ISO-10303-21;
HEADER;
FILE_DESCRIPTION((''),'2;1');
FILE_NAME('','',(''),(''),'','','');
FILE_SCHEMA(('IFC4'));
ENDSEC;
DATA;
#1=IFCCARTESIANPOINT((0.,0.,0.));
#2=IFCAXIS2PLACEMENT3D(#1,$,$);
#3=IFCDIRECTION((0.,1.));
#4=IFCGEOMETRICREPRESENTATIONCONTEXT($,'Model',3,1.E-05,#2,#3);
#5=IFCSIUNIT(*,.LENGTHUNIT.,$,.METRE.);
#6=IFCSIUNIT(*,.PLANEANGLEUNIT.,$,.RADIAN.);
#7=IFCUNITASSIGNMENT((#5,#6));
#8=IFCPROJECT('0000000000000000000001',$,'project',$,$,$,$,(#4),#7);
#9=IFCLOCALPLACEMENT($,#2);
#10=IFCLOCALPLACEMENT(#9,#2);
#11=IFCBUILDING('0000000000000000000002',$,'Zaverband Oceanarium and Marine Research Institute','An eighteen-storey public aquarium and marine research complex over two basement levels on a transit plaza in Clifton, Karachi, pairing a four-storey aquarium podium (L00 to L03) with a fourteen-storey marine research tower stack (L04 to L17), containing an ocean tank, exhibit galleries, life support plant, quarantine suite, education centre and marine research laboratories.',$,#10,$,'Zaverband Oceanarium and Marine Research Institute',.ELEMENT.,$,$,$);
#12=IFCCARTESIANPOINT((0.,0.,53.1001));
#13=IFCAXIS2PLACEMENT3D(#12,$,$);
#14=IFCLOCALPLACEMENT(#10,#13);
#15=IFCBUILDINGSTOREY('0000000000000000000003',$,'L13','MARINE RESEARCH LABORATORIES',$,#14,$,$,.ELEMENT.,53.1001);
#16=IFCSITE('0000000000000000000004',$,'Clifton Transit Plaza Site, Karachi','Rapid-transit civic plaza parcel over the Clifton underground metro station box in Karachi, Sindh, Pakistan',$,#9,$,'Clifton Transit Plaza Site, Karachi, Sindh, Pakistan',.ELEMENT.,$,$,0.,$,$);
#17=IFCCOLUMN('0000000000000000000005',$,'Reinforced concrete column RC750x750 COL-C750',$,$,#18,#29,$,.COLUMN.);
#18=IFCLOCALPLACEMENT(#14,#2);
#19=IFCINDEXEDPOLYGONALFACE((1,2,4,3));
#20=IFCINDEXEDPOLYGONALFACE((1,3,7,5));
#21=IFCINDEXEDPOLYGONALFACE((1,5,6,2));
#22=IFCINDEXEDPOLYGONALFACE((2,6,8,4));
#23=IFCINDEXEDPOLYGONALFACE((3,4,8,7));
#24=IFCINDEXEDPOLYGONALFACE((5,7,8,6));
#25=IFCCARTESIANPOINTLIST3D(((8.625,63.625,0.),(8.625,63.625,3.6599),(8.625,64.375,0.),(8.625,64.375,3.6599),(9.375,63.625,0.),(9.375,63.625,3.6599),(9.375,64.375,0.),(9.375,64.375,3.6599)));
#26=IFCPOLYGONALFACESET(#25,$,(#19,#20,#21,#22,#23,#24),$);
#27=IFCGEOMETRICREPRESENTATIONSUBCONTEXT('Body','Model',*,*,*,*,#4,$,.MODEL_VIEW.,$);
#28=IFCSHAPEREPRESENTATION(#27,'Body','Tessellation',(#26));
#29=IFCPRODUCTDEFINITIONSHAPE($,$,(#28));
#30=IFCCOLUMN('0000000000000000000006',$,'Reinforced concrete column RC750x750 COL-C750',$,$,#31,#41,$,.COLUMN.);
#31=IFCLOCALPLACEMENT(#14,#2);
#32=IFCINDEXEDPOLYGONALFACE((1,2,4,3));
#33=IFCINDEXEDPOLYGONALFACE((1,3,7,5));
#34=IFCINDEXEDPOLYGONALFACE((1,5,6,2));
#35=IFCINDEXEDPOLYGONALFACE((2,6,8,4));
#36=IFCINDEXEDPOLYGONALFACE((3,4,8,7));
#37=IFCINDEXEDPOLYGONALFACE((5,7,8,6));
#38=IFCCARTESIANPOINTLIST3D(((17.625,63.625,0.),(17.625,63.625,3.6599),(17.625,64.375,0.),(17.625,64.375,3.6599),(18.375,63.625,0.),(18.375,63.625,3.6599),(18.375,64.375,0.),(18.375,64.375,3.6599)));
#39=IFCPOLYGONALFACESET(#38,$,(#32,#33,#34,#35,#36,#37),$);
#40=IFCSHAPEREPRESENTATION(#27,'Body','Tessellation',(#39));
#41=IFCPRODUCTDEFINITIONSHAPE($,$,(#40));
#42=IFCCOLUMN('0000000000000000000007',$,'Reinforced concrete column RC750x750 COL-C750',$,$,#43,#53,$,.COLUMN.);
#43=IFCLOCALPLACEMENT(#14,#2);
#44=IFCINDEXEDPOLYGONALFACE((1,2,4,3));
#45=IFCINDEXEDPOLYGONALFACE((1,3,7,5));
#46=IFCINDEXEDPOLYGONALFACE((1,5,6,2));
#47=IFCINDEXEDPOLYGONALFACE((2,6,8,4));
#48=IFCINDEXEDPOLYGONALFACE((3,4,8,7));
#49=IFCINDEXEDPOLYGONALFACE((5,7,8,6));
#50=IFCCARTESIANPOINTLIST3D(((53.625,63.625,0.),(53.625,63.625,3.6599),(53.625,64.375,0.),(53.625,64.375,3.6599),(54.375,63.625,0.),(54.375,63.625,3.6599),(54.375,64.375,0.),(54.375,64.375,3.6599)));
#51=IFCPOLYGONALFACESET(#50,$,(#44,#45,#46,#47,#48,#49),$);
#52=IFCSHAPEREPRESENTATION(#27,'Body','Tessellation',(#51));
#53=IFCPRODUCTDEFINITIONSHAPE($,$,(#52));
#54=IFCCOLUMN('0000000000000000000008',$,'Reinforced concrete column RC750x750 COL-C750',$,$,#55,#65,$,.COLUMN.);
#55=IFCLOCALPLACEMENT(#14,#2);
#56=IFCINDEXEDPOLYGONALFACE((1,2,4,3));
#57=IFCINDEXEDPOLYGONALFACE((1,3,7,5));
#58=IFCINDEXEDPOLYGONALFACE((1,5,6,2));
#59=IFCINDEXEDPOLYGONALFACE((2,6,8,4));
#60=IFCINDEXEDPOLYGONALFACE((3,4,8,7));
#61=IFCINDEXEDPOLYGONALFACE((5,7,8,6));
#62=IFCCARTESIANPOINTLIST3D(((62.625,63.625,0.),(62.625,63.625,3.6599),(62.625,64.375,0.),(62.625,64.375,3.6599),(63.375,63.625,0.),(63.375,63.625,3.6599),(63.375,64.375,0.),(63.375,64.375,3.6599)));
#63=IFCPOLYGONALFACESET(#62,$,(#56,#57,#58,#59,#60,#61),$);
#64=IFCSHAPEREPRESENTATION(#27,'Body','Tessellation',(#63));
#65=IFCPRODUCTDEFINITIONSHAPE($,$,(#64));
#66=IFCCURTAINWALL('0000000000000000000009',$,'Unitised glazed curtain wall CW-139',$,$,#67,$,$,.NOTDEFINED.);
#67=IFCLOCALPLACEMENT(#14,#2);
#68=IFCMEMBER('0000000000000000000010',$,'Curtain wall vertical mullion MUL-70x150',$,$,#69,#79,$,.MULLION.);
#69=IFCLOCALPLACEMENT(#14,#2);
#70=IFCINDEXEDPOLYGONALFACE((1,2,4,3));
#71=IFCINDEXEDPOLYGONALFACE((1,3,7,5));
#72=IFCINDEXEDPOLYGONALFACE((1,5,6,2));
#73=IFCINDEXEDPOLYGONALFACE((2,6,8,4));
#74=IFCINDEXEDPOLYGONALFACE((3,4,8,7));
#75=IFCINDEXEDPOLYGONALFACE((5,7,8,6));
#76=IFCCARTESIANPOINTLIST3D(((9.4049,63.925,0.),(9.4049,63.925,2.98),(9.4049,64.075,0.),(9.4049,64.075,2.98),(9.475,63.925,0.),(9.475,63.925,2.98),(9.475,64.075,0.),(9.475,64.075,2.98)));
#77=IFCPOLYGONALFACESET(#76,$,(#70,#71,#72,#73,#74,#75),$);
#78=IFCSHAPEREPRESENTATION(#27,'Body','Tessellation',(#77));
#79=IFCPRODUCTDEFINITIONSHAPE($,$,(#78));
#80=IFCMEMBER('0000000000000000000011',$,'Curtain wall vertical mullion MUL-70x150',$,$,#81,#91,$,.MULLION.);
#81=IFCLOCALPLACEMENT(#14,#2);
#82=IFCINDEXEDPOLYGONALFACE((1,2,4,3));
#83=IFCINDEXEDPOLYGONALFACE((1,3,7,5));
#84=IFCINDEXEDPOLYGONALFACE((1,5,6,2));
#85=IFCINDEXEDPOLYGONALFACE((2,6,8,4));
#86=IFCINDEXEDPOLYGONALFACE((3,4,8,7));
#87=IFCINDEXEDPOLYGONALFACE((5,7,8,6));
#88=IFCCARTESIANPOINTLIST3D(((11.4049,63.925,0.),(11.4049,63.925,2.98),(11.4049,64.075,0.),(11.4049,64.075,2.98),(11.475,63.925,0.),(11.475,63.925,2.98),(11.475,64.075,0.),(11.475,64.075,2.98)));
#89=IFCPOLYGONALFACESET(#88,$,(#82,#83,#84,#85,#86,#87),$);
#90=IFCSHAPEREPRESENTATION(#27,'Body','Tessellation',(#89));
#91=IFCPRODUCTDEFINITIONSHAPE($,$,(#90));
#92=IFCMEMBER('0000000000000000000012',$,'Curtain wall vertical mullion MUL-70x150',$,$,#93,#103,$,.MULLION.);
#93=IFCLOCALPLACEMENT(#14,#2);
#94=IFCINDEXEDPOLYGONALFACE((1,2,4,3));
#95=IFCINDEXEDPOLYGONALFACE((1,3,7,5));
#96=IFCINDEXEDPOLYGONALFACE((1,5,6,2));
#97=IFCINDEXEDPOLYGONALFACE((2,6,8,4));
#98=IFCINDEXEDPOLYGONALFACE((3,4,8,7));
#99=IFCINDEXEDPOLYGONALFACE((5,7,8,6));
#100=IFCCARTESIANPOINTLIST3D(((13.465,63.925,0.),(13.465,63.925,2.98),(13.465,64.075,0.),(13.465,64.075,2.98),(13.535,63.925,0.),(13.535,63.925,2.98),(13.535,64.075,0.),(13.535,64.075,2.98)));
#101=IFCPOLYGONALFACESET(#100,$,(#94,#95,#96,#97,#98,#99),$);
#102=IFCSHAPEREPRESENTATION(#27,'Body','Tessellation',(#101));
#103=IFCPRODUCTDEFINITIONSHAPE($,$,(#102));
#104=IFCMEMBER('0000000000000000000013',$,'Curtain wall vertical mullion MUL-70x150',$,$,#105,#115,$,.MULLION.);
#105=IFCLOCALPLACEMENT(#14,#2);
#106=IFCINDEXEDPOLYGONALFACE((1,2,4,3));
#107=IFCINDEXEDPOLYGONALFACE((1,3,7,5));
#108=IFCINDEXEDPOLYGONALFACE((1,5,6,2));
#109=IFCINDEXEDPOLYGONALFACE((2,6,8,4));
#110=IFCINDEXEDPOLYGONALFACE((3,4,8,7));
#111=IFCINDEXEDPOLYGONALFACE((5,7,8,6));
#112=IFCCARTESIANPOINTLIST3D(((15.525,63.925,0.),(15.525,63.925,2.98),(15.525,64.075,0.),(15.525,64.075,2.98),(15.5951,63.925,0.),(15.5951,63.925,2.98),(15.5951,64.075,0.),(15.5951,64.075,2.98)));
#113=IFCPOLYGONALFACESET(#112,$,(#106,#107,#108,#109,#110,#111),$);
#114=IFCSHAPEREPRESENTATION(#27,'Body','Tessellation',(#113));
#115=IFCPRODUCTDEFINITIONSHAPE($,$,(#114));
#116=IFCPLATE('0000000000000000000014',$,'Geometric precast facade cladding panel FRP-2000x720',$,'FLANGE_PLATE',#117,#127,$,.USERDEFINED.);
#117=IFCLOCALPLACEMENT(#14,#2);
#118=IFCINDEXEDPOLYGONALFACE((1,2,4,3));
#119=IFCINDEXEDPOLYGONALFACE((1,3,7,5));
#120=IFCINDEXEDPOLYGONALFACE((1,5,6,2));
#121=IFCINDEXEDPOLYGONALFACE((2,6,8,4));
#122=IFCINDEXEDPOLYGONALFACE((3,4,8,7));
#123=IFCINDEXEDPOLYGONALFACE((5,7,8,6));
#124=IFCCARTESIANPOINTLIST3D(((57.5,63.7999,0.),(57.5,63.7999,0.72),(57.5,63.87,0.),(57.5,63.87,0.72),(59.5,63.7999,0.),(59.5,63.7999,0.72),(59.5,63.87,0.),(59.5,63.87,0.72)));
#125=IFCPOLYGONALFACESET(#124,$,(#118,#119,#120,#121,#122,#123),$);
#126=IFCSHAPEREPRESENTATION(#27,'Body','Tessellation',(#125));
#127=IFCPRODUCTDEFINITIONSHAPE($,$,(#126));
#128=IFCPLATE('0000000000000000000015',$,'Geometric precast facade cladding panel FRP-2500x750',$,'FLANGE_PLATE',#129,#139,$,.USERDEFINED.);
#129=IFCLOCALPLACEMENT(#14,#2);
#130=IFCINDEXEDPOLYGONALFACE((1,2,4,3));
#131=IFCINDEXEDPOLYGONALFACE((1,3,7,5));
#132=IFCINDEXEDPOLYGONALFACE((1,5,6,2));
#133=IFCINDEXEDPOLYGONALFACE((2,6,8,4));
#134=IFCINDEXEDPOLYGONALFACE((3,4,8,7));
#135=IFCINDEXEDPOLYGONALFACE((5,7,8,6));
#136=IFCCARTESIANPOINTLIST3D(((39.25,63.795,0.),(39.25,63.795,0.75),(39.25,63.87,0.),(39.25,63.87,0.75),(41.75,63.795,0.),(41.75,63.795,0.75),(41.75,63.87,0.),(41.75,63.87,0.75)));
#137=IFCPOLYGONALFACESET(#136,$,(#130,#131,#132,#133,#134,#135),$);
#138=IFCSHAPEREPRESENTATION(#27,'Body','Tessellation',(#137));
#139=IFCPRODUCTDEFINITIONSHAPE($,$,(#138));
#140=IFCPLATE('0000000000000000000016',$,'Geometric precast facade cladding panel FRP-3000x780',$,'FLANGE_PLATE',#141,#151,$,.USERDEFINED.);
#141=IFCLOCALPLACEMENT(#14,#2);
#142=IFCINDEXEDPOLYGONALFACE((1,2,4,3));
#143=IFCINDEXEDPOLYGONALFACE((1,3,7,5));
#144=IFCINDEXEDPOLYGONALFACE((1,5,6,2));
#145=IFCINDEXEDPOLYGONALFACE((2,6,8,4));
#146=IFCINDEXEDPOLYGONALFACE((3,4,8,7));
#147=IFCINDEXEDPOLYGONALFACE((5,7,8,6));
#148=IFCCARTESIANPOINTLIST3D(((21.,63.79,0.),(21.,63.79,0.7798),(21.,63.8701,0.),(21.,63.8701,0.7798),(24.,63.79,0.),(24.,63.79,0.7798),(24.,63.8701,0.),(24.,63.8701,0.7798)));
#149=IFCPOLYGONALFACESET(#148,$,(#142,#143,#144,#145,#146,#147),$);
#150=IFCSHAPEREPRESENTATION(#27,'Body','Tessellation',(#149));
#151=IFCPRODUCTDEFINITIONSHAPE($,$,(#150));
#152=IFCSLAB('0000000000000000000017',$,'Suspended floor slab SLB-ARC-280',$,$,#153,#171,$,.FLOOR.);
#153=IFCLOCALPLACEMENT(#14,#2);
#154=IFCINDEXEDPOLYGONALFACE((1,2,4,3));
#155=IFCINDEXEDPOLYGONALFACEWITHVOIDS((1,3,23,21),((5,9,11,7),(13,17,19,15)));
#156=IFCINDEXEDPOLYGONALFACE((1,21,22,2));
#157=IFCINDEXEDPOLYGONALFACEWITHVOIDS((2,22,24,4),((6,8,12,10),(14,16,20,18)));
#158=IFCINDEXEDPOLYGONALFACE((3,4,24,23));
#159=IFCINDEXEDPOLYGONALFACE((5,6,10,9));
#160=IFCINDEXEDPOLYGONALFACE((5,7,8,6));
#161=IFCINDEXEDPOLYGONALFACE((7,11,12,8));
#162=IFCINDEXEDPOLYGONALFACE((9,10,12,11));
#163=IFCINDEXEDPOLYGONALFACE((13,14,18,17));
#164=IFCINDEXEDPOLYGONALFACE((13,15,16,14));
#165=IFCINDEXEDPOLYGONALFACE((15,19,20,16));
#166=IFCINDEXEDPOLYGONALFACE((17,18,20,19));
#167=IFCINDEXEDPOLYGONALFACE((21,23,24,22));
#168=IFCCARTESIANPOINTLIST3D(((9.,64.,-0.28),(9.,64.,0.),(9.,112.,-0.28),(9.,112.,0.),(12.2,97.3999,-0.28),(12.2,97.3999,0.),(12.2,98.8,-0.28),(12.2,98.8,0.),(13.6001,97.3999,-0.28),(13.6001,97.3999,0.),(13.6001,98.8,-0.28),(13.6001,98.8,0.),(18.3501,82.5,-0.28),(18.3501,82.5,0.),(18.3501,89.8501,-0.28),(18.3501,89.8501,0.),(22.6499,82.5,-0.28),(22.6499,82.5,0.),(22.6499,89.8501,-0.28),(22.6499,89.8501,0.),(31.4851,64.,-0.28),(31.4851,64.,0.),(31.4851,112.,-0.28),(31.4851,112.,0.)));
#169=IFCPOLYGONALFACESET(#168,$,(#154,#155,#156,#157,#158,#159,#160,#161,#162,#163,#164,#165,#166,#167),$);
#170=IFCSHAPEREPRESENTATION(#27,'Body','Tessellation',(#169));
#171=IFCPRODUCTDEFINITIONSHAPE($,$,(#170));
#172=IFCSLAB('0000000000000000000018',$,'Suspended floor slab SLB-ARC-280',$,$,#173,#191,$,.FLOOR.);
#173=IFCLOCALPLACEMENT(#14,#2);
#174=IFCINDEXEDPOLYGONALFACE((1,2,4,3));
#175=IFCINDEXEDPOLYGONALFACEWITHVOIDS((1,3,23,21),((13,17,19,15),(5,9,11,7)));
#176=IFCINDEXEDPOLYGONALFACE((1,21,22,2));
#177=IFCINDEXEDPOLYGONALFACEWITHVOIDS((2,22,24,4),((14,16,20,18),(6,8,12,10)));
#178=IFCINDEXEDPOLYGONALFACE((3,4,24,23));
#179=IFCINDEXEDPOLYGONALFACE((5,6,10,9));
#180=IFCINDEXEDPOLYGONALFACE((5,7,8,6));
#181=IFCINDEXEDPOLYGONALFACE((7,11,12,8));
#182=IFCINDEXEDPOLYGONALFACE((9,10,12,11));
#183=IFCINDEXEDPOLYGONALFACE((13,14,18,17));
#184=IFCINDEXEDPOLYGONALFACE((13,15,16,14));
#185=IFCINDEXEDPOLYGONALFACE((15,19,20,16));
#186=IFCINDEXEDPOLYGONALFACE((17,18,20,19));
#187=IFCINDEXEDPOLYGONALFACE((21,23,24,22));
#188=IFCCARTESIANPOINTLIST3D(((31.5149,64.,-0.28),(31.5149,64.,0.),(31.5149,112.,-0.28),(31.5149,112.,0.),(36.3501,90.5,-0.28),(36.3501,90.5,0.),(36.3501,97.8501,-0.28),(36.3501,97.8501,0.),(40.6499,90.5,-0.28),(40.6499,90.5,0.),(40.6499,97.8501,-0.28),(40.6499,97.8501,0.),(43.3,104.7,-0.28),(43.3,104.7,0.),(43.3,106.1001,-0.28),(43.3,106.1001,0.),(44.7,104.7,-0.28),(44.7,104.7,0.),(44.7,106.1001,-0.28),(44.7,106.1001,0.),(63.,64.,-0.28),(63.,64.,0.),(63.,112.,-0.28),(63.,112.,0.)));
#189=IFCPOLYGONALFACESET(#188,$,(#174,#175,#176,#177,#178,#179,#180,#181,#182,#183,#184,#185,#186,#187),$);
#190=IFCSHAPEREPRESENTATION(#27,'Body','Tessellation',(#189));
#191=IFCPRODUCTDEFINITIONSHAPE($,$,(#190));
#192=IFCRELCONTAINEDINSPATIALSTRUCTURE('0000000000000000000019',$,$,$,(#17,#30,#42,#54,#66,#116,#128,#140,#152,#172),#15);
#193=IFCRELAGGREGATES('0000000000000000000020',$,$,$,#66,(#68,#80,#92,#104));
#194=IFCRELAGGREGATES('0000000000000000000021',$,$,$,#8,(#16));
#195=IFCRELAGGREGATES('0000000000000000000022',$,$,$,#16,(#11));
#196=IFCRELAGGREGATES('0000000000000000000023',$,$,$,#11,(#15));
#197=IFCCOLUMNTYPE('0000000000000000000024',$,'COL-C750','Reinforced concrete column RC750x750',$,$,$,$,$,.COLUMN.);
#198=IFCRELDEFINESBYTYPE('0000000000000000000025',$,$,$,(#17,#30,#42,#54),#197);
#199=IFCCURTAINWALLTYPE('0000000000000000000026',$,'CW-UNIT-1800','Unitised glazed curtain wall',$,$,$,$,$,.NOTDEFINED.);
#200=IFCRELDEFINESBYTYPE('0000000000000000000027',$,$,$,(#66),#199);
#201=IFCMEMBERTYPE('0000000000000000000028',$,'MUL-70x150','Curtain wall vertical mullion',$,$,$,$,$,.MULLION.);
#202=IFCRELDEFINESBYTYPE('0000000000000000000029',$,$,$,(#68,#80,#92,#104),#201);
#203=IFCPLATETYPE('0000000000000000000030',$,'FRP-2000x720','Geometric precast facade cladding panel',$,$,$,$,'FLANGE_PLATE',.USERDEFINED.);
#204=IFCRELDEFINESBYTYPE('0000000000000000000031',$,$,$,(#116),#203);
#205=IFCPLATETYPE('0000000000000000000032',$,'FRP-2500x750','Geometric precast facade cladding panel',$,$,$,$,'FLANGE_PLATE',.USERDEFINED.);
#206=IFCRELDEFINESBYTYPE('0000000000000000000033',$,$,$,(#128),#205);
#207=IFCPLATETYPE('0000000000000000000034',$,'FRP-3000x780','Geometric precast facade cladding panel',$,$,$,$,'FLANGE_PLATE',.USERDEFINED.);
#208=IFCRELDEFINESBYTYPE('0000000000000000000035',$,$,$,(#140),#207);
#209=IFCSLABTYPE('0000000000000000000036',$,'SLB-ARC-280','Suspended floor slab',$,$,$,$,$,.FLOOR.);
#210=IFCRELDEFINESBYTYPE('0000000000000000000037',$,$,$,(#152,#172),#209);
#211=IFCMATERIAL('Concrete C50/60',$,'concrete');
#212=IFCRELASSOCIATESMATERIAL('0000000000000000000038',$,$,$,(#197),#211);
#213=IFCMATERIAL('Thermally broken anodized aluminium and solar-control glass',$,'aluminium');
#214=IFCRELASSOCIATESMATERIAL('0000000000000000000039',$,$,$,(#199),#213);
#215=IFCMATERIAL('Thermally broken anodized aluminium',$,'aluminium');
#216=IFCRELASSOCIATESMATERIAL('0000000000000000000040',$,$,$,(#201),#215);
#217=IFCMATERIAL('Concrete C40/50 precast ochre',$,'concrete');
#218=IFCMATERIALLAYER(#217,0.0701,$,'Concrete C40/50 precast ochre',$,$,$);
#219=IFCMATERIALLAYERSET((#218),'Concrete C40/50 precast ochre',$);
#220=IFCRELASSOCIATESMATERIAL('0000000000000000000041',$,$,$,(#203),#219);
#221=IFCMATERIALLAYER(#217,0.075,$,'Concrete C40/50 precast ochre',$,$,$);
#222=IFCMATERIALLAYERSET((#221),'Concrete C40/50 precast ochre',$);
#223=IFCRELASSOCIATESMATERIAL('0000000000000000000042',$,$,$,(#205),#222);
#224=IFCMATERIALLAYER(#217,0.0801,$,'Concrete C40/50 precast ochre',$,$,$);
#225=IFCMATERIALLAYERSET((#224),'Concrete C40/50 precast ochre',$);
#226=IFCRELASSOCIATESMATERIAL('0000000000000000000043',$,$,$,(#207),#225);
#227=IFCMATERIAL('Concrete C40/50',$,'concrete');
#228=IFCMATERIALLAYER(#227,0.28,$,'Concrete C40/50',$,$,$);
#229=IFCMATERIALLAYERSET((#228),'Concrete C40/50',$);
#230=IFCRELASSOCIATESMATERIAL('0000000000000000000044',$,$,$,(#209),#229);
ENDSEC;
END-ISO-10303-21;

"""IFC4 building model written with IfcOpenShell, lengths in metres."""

from ifc_helpers import new_model, si_unit, direction, frame, frame_2d, origin, origin_2d, place, context, subcontext, project, spatial, polyline, rectangle, outline, extrude, material, layer, layer_set, material_profile, profile_set, type_object, element, aggregate, save


model = new_model("IFC4")

# Units and contexts
model_context = context("Model", 3, precision=1e-05, world=origin(), true_north=direction((0.0, 1.0)))
body_context = subcontext(model_context, "Body", "Model", "MODEL_VIEW")
ifc_project = project(units=[si_unit("LENGTHUNIT", "METRE"), si_unit("PLANEANGLEUNIT", "RADIAN")], contexts=[model_context])

# Site, building, storey
site_placement = place(None, origin())
site = spatial("IfcSite", under=ifc_project, at=site_placement, Name="Clifton Transit Plaza Site, Karachi", Description="Rapid-transit civic plaza parcel over the Clifton underground metro station box in Karachi, Sindh, Pakistan", LongName="Clifton Transit Plaza Site, Karachi, Sindh, Pakistan", CompositionType="ELEMENT", RefElevation=0.0)
building_placement = place(site_placement, origin())
building = spatial("IfcBuilding", under=site, at=building_placement, Name="Zaverband Oceanarium and Marine Research Institute", Description="An eighteen-storey public aquarium and marine research complex over two basement levels on a transit plaza in Clifton, Karachi, pairing a four-storey aquarium podium (L00 to L03) with a fourteen-storey marine research tower stack (L04 to L17), containing an ocean tank, exhibit galleries, life support plant, quarantine suite, education centre and marine research laboratories.", LongName="Zaverband Oceanarium and Marine Research Institute", CompositionType="ELEMENT")
storey_placement = place(building_placement, frame((0.0, 0.0, 53.1001)))
storey = spatial("IfcBuildingStorey", under=building, at=storey_placement, Name="L13", Description="MARINE RESEARCH LABORATORIES", CompositionType="ELEMENT", Elevation=53.1001)

# Columns
ifc_material_1 = material(Name="Concrete C50/60", Category="concrete")
ifc_material_profile_1 = material_profile(ifc_material_1, rectangle(XDim=0.75, YDim=0.75, at=origin_2d()), Name="RC750x750")
ifc_profile_set_1 = profile_set([ifc_material_profile_1], Name="Concrete C50/60")
column_type = type_object("IfcColumnType", Name="COL-C750", Description="Reinforced concrete column RC750x750", PredefinedType="COLUMN", material=ifc_profile_set_1)
for number, where, z_axis, x_axis, name in (
    (1, (9.0, 64.0, 0.0), (0.0, 0.0, 1.0), (1.0, 0.0, 0.0), "Reinforced concrete column RC750x750 COL-C750"),
    (2, (18.0, 64.0, 0.0), (0.0, 0.0, 1.0), (1.0, 0.0, 0.0), "Reinforced concrete column RC750x750 COL-C750"),
    (3, (54.0, 64.0, 0.0), (0.0, 0.0, 1.0), (1.0, 0.0, 0.0), "Reinforced concrete column RC750x750 COL-C750"),
    (4, (63.0, 64.0, 0.0), (0.0, 0.0, 1.0), (1.0, 0.0, 0.0), "Reinforced concrete column RC750x750 COL-C750"),
):
    element("IfcColumn", number, at=place(storey_placement, frame(where, z_axis=z_axis, x_axis=x_axis)), inside=storey, type_object=column_type, Name=name, PredefinedType="COLUMN", context=body_context, shape_type="SweptSolid", body=[
        extrude(rectangle(XDim=0.75, YDim=0.75, at=origin_2d()), origin(), (0.0, 0.0, 1.0), 3.6599),
    ])

# Curtain wall, members
ifc_material_2 = material(Name="Thermally broken anodized aluminium and solar-control glass", Category="aluminium")
curtain_wall_type = type_object("IfcCurtainWallType", Name="CW-UNIT-1800", Description="Unitised glazed curtain wall", PredefinedType="NOTDEFINED", material=ifc_material_2)
curtain_wall_placement = place(storey_placement, origin())
curtain_wall = element("IfcCurtainWall", 5, at=curtain_wall_placement, inside=storey, type_object=curtain_wall_type, Name="Unitised glazed curtain wall CW-139", PredefinedType="NOTDEFINED")
ifc_material_3 = material(Name="Thermally broken anodized aluminium", Category="aluminium")
ifc_material_profile_2 = material_profile(ifc_material_3, rectangle(XDim=0.0701, YDim=0.1499, at=origin_2d()), Name="AL-MUL-70x150")
ifc_profile_set_2 = profile_set([ifc_material_profile_2], Name="Thermally broken anodized aluminium")
member_type = type_object("IfcMemberType", Name="MUL-70x150", Description="Curtain wall vertical mullion", PredefinedType="MULLION", material=ifc_profile_set_2)
member_1_placement = place(storey_placement, frame((9.4399, 64.0, 0.0), z_axis=(0.0, 0.0, 1.0), x_axis=(1.0, 0.0, 0.0)))
member_1 = element("IfcMember", 6, at=member_1_placement, type_object=member_type, Name="Curtain wall vertical mullion MUL-70x150", PredefinedType="MULLION", context=body_context, shape_type="SweptSolid", body=[
    extrude(rectangle(XDim=0.0701, YDim=0.1499, at=origin_2d()), origin(), (0.0, 0.0, 1.0), 2.98),
])
member_2_placement = place(storey_placement, frame((11.4399, 64.0, 0.0), z_axis=(0.0, 0.0, 1.0), x_axis=(1.0, 0.0, 0.0)))
member_2 = element("IfcMember", 7, at=member_2_placement, type_object=member_type, Name="Curtain wall vertical mullion MUL-70x150", PredefinedType="MULLION", context=body_context, shape_type="SweptSolid", body=[
    extrude(rectangle(XDim=0.0701, YDim=0.1499, at=origin_2d()), origin(), (0.0, 0.0, 1.0), 2.98),
])
member_3_placement = place(storey_placement, frame((13.5, 64.0, 0.0), z_axis=(0.0, 0.0, 1.0), x_axis=(1.0, 0.0, 0.0)))
member_3 = element("IfcMember", 8, at=member_3_placement, type_object=member_type, Name="Curtain wall vertical mullion MUL-70x150", PredefinedType="MULLION", context=body_context, shape_type="SweptSolid", body=[
    extrude(rectangle(XDim=0.0701, YDim=0.1499, at=origin_2d()), origin(), (0.0, 0.0, 1.0), 2.98),
])
member_4_placement = place(storey_placement, frame((15.5601, 64.0, 0.0), z_axis=(0.0, 0.0, 1.0), x_axis=(1.0, 0.0, 0.0)))
member_4 = element("IfcMember", 9, at=member_4_placement, type_object=member_type, Name="Curtain wall vertical mullion MUL-70x150", PredefinedType="MULLION", context=body_context, shape_type="SweptSolid", body=[
    extrude(rectangle(XDim=0.0701, YDim=0.1499, at=origin_2d()), origin(), (0.0, 0.0, 1.0), 2.98),
])
aggregate(curtain_wall, [member_1, member_2, member_3, member_4])

# Plates
ifc_material_4 = material(Name="Concrete C40/50 precast ochre", Category="concrete")
ifc_layer_1 = layer(ifc_material_4, 0.0701, Name="Concrete C40/50 precast ochre")
ifc_layer_set_1 = layer_set([ifc_layer_1], Name="Concrete C40/50 precast ochre")
plate_type_1 = type_object("IfcPlateType", Name="FRP-2000x720", Description="Geometric precast facade cladding panel", ElementType="FLANGE_PLATE", PredefinedType="USERDEFINED", material=ifc_layer_set_1)
plate_1_placement = place(storey_placement, frame((57.5, 63.835, 0.0), z_axis=(0.0, 0.0, 1.0), x_axis=(1.0, 0.0, 0.0)))
element("IfcPlate", 10, at=plate_1_placement, inside=storey, type_object=plate_type_1, Name="Geometric precast facade cladding panel FRP-2000x720", ObjectType="FLANGE_PLATE", PredefinedType="USERDEFINED", context=body_context, shape_type="SweptSolid", body=[
    extrude(rectangle(XDim=2.0, YDim=0.0701, at=frame_2d((1.0, 0.0))), origin(), (0.0, 0.0, 1.0), 0.72),
])
ifc_layer_2 = layer(ifc_material_4, 0.075, Name="Concrete C40/50 precast ochre")
ifc_layer_set_2 = layer_set([ifc_layer_2], Name="Concrete C40/50 precast ochre")
plate_type_2 = type_object("IfcPlateType", Name="FRP-2500x750", Description="Geometric precast facade cladding panel", ElementType="FLANGE_PLATE", PredefinedType="USERDEFINED", material=ifc_layer_set_2)
plate_2_placement = place(storey_placement, frame((39.25, 63.8325, 0.0), z_axis=(0.0, 0.0, 1.0), x_axis=(1.0, 0.0, 0.0)))
element("IfcPlate", 11, at=plate_2_placement, inside=storey, type_object=plate_type_2, Name="Geometric precast facade cladding panel FRP-2500x750", ObjectType="FLANGE_PLATE", PredefinedType="USERDEFINED", context=body_context, shape_type="SweptSolid", body=[
    extrude(rectangle(XDim=2.5, YDim=0.075, at=frame_2d((1.25, 0.0))), origin(), (0.0, 0.0, 1.0), 0.75),
])
ifc_layer_3 = layer(ifc_material_4, 0.0801, Name="Concrete C40/50 precast ochre")
ifc_layer_set_3 = layer_set([ifc_layer_3], Name="Concrete C40/50 precast ochre")
plate_type_3 = type_object("IfcPlateType", Name="FRP-3000x780", Description="Geometric precast facade cladding panel", ElementType="FLANGE_PLATE", PredefinedType="USERDEFINED", material=ifc_layer_set_3)
plate_3_placement = place(storey_placement, frame((21.0, 63.8301, 0.0), z_axis=(0.0, 0.0, 1.0), x_axis=(1.0, 0.0, 0.0)))
element("IfcPlate", 12, at=plate_3_placement, inside=storey, type_object=plate_type_3, Name="Geometric precast facade cladding panel FRP-3000x780", ObjectType="FLANGE_PLATE", PredefinedType="USERDEFINED", context=body_context, shape_type="SweptSolid", body=[
    extrude(rectangle(XDim=3.0, YDim=0.0801, at=frame_2d((1.5, 0.0))), origin(), (0.0, 0.0, 1.0), 0.7798),
])

# Slabs
ifc_material_5 = material(Name="Concrete C40/50", Category="concrete")
ifc_layer_4 = layer(ifc_material_5, 0.28, Name="Concrete C40/50")
ifc_layer_set_4 = layer_set([ifc_layer_4], Name="Concrete C40/50")
slab_type_1 = type_object("IfcSlabType", Name="SLB-ARC-280", Description="Suspended floor slab", PredefinedType="FLOOR", material=ifc_layer_set_4)
slab_1_placement = place(storey_placement, frame((0.0, 0.0, -0.28)))
element("IfcSlab", 13, at=slab_1_placement, inside=storey, type_object=slab_type_1, Name="Suspended floor slab SLB-ARC-280", PredefinedType="FLOOR", context=body_context, shape_type="SweptSolid", body=[
    extrude(outline(polyline([(9.0, 112.0), (31.4851, 112.0), (31.4851, 64.0), (9.0, 64.0), (9.0, 112.0)]), holes=[polyline([(18.3501, 89.8501), (18.3501, 82.5), (22.6499, 82.5), (22.6499, 89.8501), (18.3501, 89.8501)]), polyline([(12.2, 98.8), (12.2, 97.3999), (13.6001, 97.3999), (13.6001, 98.8), (12.2, 98.8)])]), origin(), (0.0, 0.0, 1.0), 0.28),
])
slab_2_placement = place(storey_placement, frame((0.0, 0.0, -0.28)))
element("IfcSlab", 14, at=slab_2_placement, inside=storey, type_object=slab_type_1, Name="Suspended floor slab SLB-ARC-280", PredefinedType="FLOOR", context=body_context, shape_type="SweptSolid", body=[
    extrude(outline(polyline([(31.5149, 112.0), (63.0, 112.0), (63.0, 64.0), (31.5149, 64.0), (31.5149, 112.0)]), holes=[polyline([(36.3501, 97.8501), (36.3501, 90.5), (40.6499, 90.5), (40.6499, 97.8501), (36.3501, 97.8501)]), polyline([(43.3, 106.1001), (43.3, 104.7), (44.7, 104.7), (44.7, 106.1001), (43.3, 106.1001)])]), origin(), (0.0, 0.0, 1.0), 0.28),
])

save(model, "model.ifc")
